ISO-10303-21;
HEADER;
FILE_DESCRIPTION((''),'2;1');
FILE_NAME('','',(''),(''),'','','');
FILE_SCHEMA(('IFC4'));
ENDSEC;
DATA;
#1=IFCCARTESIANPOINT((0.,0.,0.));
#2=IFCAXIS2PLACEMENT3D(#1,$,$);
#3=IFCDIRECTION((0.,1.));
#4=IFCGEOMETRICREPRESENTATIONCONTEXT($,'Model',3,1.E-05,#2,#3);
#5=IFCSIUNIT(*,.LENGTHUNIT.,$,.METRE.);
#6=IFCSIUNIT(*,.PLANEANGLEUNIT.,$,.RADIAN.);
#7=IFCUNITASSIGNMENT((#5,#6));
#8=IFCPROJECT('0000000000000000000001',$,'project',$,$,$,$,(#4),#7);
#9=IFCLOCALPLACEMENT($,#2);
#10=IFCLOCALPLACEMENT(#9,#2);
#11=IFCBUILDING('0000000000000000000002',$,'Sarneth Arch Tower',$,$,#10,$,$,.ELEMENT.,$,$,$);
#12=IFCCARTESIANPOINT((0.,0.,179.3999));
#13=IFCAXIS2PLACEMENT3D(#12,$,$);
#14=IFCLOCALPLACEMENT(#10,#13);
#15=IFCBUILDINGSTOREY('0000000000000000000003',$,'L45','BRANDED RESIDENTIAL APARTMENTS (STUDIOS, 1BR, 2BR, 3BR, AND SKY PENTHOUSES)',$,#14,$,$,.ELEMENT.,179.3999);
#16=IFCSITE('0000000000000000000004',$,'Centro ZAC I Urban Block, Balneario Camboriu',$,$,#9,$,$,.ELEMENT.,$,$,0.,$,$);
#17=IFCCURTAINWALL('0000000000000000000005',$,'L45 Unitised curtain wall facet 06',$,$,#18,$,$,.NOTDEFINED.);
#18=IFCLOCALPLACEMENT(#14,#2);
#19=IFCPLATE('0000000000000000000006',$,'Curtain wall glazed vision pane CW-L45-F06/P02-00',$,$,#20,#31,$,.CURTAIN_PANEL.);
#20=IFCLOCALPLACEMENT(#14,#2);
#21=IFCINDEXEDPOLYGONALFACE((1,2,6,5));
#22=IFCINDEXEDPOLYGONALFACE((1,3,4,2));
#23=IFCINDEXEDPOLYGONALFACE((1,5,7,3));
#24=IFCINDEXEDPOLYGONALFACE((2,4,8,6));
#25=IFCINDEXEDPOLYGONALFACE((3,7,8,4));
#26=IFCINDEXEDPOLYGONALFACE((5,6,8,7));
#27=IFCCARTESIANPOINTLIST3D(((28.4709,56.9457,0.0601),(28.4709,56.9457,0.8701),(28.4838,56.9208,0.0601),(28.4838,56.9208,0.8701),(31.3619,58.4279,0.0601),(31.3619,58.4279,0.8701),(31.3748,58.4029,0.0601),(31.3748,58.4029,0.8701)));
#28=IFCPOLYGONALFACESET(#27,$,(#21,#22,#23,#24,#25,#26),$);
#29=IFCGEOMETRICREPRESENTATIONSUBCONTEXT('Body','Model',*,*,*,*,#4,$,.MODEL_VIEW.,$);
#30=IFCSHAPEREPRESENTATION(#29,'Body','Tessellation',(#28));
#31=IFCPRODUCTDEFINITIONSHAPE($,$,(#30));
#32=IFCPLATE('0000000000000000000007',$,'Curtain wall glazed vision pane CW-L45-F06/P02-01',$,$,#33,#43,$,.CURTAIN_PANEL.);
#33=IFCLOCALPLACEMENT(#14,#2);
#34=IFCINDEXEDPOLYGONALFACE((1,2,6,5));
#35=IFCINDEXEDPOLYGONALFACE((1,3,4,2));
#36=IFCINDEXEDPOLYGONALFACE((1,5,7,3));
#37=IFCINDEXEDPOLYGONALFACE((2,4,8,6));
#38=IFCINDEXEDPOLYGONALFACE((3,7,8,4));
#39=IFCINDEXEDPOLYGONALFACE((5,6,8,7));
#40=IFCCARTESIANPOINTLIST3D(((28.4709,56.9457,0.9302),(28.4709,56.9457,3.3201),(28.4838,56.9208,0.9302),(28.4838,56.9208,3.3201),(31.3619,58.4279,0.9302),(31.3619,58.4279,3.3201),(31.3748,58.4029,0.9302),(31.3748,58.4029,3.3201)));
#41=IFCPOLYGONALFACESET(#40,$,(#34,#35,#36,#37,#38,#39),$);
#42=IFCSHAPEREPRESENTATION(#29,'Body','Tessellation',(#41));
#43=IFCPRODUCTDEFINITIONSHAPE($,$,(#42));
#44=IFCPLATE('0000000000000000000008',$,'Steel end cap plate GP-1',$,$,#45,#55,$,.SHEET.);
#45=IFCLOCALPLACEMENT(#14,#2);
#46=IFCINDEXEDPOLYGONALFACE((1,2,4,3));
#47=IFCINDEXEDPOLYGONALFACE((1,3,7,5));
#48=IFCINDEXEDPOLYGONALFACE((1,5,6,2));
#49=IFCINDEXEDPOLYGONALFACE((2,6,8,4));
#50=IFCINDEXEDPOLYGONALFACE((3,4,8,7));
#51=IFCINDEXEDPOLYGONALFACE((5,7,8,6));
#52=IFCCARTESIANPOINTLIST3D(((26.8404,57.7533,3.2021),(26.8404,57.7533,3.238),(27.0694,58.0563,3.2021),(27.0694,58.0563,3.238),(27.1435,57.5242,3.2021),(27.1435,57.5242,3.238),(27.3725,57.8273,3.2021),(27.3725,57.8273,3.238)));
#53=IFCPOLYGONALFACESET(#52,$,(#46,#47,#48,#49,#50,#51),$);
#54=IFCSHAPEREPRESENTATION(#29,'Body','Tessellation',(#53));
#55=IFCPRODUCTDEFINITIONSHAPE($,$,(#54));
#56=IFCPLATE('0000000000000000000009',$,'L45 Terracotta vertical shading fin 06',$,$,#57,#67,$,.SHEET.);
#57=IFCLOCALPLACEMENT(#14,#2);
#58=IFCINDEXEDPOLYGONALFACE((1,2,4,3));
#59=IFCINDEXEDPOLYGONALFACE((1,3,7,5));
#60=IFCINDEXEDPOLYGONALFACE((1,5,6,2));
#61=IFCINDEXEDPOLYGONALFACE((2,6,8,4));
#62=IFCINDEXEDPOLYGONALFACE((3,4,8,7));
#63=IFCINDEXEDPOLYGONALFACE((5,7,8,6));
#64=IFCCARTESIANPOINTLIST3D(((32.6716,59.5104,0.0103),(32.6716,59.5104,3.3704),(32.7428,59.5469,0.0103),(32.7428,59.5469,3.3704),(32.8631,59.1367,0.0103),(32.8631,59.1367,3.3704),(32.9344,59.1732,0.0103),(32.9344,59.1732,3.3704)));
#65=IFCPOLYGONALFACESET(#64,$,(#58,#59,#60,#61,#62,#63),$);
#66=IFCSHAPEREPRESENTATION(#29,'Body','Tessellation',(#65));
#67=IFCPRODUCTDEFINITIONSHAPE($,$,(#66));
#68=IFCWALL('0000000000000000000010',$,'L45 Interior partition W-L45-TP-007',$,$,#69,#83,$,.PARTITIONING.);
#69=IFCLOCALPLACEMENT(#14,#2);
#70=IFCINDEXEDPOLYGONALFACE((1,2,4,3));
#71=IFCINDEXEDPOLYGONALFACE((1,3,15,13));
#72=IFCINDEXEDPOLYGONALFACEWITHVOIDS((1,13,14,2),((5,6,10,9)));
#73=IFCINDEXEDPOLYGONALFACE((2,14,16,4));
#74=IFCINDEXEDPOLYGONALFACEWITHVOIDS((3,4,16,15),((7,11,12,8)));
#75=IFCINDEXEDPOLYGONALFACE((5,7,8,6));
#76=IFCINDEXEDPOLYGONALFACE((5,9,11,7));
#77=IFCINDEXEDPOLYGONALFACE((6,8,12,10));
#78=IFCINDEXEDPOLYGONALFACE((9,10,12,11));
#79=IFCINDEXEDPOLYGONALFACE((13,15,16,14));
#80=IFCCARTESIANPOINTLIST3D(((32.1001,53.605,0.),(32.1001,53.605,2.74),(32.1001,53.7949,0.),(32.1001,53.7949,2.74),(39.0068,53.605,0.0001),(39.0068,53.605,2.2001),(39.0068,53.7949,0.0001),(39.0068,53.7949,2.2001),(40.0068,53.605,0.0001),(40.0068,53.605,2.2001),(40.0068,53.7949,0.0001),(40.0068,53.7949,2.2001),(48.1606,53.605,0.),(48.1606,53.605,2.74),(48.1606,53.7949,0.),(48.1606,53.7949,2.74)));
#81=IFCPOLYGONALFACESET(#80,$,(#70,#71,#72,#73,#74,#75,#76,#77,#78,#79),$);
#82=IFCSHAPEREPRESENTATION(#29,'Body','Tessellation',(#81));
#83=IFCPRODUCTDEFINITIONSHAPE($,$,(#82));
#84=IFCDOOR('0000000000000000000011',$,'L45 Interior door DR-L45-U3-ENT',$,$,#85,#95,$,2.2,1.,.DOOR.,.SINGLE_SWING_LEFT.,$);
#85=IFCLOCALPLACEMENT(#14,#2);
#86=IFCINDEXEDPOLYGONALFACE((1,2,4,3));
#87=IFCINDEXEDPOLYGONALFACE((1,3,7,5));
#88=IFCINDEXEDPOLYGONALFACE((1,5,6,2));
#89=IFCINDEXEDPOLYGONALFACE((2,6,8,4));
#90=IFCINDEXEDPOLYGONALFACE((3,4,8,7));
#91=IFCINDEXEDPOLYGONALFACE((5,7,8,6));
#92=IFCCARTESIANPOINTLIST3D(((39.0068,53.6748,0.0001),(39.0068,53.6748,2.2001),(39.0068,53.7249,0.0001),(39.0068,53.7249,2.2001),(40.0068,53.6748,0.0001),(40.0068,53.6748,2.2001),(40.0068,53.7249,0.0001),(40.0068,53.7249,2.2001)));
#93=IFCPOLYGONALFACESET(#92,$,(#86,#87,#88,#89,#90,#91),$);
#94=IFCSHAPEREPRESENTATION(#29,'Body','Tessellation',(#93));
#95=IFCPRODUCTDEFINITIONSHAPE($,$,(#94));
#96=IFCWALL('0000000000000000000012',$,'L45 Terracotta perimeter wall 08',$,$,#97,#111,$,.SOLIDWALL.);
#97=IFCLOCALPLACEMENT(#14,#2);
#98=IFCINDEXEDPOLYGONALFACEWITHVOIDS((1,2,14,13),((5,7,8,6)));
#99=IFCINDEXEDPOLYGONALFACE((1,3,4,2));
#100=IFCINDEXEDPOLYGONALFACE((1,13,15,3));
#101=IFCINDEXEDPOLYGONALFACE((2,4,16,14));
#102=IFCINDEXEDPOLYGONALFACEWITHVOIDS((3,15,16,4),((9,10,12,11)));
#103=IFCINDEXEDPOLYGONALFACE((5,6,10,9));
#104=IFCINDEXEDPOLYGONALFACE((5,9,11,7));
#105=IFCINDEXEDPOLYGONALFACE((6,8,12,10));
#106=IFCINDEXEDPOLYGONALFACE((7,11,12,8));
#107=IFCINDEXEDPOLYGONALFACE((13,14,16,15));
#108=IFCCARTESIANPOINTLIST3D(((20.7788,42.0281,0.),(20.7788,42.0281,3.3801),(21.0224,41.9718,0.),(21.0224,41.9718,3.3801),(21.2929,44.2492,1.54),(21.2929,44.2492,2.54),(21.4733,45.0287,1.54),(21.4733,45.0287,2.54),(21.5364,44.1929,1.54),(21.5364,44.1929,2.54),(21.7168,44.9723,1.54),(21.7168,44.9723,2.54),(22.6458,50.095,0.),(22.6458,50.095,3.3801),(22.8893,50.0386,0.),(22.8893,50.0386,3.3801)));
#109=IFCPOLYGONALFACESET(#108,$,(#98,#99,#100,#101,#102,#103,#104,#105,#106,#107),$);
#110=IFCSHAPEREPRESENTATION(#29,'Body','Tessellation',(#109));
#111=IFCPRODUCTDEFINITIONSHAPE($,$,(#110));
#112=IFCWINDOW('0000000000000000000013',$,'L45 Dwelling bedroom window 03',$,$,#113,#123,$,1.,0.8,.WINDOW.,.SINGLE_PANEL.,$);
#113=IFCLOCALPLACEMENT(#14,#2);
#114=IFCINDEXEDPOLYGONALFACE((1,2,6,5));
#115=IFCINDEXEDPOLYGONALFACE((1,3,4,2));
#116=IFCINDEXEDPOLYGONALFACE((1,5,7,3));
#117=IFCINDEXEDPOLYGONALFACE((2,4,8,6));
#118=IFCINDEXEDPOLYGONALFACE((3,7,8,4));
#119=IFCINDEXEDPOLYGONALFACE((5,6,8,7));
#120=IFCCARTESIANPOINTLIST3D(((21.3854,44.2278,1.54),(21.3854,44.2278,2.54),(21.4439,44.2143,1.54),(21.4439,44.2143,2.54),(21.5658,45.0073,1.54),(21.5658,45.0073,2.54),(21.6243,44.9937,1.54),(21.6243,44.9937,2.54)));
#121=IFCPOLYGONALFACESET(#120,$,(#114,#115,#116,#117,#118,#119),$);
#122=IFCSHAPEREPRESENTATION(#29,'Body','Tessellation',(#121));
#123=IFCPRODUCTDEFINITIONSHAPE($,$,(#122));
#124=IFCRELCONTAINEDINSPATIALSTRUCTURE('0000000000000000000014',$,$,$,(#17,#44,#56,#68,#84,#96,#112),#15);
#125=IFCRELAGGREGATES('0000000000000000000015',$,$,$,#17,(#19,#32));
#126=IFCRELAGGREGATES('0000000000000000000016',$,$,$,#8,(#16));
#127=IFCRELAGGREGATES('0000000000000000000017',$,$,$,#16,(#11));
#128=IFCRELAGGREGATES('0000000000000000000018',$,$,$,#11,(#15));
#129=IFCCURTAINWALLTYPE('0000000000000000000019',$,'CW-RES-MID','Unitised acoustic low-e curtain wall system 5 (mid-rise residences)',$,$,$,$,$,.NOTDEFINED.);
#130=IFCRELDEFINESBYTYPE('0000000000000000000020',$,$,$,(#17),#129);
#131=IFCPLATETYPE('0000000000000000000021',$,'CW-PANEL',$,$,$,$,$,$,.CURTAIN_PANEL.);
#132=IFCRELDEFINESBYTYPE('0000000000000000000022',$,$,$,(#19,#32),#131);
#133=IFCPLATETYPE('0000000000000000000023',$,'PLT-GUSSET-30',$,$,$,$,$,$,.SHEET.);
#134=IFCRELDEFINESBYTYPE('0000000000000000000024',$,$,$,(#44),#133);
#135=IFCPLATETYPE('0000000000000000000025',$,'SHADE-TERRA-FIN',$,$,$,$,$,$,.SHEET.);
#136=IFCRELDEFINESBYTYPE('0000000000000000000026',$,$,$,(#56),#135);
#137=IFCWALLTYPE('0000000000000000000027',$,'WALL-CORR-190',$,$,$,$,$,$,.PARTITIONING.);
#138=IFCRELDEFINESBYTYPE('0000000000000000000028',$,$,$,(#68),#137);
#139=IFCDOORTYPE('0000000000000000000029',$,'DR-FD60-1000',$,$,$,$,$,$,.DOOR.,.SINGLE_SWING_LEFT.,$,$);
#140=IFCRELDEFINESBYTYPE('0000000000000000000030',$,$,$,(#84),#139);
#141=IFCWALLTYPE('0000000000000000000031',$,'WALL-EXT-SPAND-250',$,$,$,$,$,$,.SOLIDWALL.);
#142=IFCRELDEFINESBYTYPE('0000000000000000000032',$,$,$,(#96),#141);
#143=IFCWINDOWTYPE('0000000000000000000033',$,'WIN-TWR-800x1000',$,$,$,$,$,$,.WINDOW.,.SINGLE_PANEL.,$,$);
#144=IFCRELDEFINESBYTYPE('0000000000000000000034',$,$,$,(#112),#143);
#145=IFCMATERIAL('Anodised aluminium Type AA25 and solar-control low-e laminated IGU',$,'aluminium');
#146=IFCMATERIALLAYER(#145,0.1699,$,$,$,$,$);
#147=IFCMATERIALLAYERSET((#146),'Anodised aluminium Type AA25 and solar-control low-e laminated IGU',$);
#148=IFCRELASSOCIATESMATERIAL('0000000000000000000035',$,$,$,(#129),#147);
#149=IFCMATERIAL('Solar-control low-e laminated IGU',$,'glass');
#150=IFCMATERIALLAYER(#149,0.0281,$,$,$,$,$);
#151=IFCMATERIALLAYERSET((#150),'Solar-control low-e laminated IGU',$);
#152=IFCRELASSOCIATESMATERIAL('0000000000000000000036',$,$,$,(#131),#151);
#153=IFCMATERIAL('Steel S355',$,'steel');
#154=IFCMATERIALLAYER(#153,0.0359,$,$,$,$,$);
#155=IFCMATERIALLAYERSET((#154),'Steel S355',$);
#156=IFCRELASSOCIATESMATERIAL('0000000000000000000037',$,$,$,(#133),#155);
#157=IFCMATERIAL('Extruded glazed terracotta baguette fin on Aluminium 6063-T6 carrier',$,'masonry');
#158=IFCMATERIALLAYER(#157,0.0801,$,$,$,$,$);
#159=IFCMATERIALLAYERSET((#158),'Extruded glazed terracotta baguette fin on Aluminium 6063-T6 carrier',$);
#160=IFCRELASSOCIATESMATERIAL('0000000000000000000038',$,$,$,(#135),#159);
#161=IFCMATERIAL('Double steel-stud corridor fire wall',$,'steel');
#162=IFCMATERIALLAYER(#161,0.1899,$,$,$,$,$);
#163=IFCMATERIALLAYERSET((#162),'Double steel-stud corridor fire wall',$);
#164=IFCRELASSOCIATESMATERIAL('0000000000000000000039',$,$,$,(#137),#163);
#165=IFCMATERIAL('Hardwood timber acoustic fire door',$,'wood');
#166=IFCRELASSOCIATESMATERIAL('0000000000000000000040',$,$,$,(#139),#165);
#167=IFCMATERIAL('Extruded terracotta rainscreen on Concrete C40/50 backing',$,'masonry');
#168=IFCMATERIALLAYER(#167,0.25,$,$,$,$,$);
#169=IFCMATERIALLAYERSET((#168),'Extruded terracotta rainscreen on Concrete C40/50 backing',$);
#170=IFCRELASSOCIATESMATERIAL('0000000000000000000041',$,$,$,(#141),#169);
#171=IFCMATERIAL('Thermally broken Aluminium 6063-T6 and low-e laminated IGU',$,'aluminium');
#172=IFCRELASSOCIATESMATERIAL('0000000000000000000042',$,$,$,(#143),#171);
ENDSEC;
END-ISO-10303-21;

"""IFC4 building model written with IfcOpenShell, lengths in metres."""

from ifc_helpers import new_model, si_unit, direction, frame, frame_2d, origin, origin_2d, place, context, subcontext, project, spatial, rectangle, extrude, material, layer, layer_set, type_object, element, fill, aggregate, save


model = new_model("IFC4")

# Units and contexts
model_context = context("Model", 3, precision=1e-05, world=origin(), true_north=direction((0.0, 1.0)))
body_context = subcontext(model_context, "Body", "Model", "MODEL_VIEW")
ifc_project = project(units=[si_unit("LENGTHUNIT", "METRE"), si_unit("PLANEANGLEUNIT", "RADIAN")], contexts=[model_context])

# Site, building, storey
site_placement = place(None, origin())
site = spatial("IfcSite", under=ifc_project, at=site_placement, Name="Centro ZAC I Urban Block, Balneario Camboriu", CompositionType="ELEMENT", RefElevation=0.0)
building_placement = place(site_placement, origin())
building = spatial("IfcBuilding", under=site, at=building_placement, Name="Sarneth Arch Tower", CompositionType="ELEMENT")
storey_placement = place(building_placement, frame((0.0, 0.0, 179.3999)))
storey = spatial("IfcBuildingStorey", under=building, at=storey_placement, Name="L45", Description="BRANDED RESIDENTIAL APARTMENTS (STUDIOS, 1BR, 2BR, 3BR, AND SKY PENTHOUSES)", CompositionType="ELEMENT", Elevation=179.3999)

# Curtain wall
ifc_material_1 = material(Name="Anodised aluminium Type AA25 and solar-control low-e laminated IGU", Category="aluminium")
ifc_layer_1 = layer(ifc_material_1, 0.1699)
ifc_layer_set_1 = layer_set([ifc_layer_1], Name="Anodised aluminium Type AA25 and solar-control low-e laminated IGU")
curtain_wall_type = type_object("IfcCurtainWallType", Name="CW-RES-MID", Description="Unitised acoustic low-e curtain wall system 5 (mid-rise residences)", PredefinedType="NOTDEFINED", material=ifc_layer_set_1)
curtain_wall_placement = place(storey_placement, origin())
curtain_wall = element("IfcCurtainWall", 1, at=curtain_wall_placement, inside=storey, type_object=curtain_wall_type, Name="L45 Unitised curtain wall facet 06", PredefinedType="NOTDEFINED")

# Plates
ifc_material_2 = material(Name="Solar-control low-e laminated IGU", Category="glass")
ifc_layer_2 = layer(ifc_material_2, 0.0281)
ifc_layer_set_2 = layer_set([ifc_layer_2], Name="Solar-control low-e laminated IGU")
plate_type_1 = type_object("IfcPlateType", Name="CW-PANEL", PredefinedType="CURTAIN_PANEL", material=ifc_layer_set_2)
plate_1_placement = place(storey_placement, frame((29.9229, 57.6743, 0.0601), z_axis=(0.0, 0.0, 1.0), x_axis=(-0.889873, -0.456208, 0.0)))
plate_1 = element("IfcPlate", 2, at=plate_1_placement, type_object=plate_type_1, Name="Curtain wall glazed vision pane CW-L45-F06/P02-00", PredefinedType="CURTAIN_PANEL", context=body_context, shape_type="SweptSolid", body=[
    extrude(rectangle(XDim=3.2488, YDim=0.0281, at=origin_2d()), origin(), (0.0, 0.0, 1.0), 0.8101),
])
plate_2_placement = place(storey_placement, frame((29.9229, 57.6743, 0.9302), z_axis=(0.0, 0.0, 1.0), x_axis=(-0.889873, -0.456208, 0.0)))
plate_2 = element("IfcPlate", 3, at=plate_2_placement, type_object=plate_type_1, Name="Curtain wall glazed vision pane CW-L45-F06/P02-01", PredefinedType="CURTAIN_PANEL", context=body_context, shape_type="SweptSolid", body=[
    extrude(rectangle(XDim=3.2488, YDim=0.0281, at=origin_2d()), origin(), (0.0, 0.0, 1.0), 2.3899),
])
aggregate(curtain_wall, [plate_1, plate_2])

# Plates
ifc_material_3 = material(Name="Steel S355", Category="steel")
ifc_layer_3 = layer(ifc_material_3, 0.0359)
ifc_layer_set_3 = layer_set([ifc_layer_3], Name="Steel S355")
plate_type_2 = type_object("IfcPlateType", Name="PLT-GUSSET-30", PredefinedType="SHEET", material=ifc_layer_set_3)
plate_3_placement = place(storey_placement, frame((27.1064, 57.7903, 3.2021), z_axis=(0.0, 0.0, 1.0), x_axis=(-0.797794, 0.60293, 0.0)))
element("IfcPlate", 4, at=plate_3_placement, inside=storey, type_object=plate_type_2, Name="Steel end cap plate GP-1", PredefinedType="SHEET", context=body_context, shape_type="SweptSolid", body=[
    extrude(rectangle(XDim=0.3799, YDim=0.3799, at=origin_2d()), origin(), (0.0, 0.0, 1.0), 0.0359),
])
ifc_material_4 = material(Name="Extruded glazed terracotta baguette fin on Aluminium 6063-T6 carrier", Category="masonry")
ifc_layer_4 = layer(ifc_material_4, 0.0801)
ifc_layer_set_4 = layer_set([ifc_layer_4], Name="Extruded glazed terracotta baguette fin on Aluminium 6063-T6 carrier")
plate_type_3 = type_object("IfcPlateType", Name="SHADE-TERRA-FIN", PredefinedType="SHEET", material=ifc_layer_set_4)
plate_4_placement = place(storey_placement, frame((32.803, 59.3418, 0.0103), z_axis=(0.0, 0.0, 1.0), x_axis=(-0.456166, 0.889895, 0.0)))
element("IfcPlate", 5, at=plate_4_placement, inside=storey, type_object=plate_type_3, Name="L45 Terracotta vertical shading fin 06", PredefinedType="SHEET", context=body_context, shape_type="SweptSolid", body=[
    extrude(rectangle(XDim=0.4199, YDim=0.0801, at=origin_2d()), origin(), (0.0, 0.0, 1.0), 3.3601),
])

# Wall, opening, door
ifc_material_5 = material(Name="Double steel-stud corridor fire wall", Category="steel")
ifc_layer_5 = layer(ifc_material_5, 0.1899)
ifc_layer_set_5 = layer_set([ifc_layer_5], Name="Double steel-stud corridor fire wall")
wall_type_1 = type_object("IfcWallType", Name="WALL-CORR-190", PredefinedType="PARTITIONING", material=ifc_layer_set_5)
wall_1_placement = place(storey_placement, frame((32.1001, 53.7, 0.0), z_axis=(0.0, 0.0, 1.0), x_axis=(1.0, 0.0, 0.0)))
wall_1 = element("IfcWall", 6, at=wall_1_placement, inside=storey, type_object=wall_type_1, Name="L45 Interior partition W-L45-TP-007", PredefinedType="PARTITIONING", context=body_context, shape_type="SweptSolid", body=[
    extrude(rectangle(XDim=16.0605, YDim=0.1899, at=frame_2d((8.0303, 0.0))), origin(), (0.0, 0.0, 1.0), 2.74),
])
opening_1_placement = place(wall_1_placement, frame((6.9067, 0.0, 0.0)))
opening_1 = element("IfcOpeningElement", 7, at=opening_1_placement, cuts=wall_1, PredefinedType="OPENING", context=body_context, shape_type="SweptSolid", body=[
    extrude(rectangle(XDim=1.0, YDim=2.2, at=frame_2d((0.5, 1.1001))), frame((0.0, 0.105, 0.0), z_axis=(0.0, -1.0, 0.0), x_axis=(1.0, 0.0, 0.0)), (0.0, 0.0, 1.0), 0.21),
])
ifc_material_6 = material(Name="Hardwood timber acoustic fire door", Category="wood")
door_type_1 = type_object("IfcDoorType", Name="DR-FD60-1000", OperationType="SINGLE_SWING_LEFT", PredefinedType="DOOR", material=ifc_material_6)
door_1_placement = place(opening_1_placement, origin())
door_1 = element("IfcDoor", 8, at=door_1_placement, inside=storey, type_object=door_type_1, Name="L45 Interior door DR-L45-U3-ENT", OperationType="SINGLE_SWING_LEFT", OverallHeight=2.2, OverallWidth=1.0, PredefinedType="DOOR", context=body_context, shape_type="SweptSolid", body=[
    extrude(rectangle(XDim=1.0, YDim=2.2, at=frame_2d((0.5, 1.1001))), frame((0.0, 0.0249, 0.0), z_axis=(0.0, -1.0, 0.0), x_axis=(1.0, 0.0, 0.0)), (0.0, 0.0, 1.0), 0.05),
])
fill(opening_1, door_1)

# Wall, opening, window
ifc_material_7 = material(Name="Extruded terracotta rainscreen on Concrete C40/50 backing", Category="masonry")
ifc_layer_6 = layer(ifc_material_7, 0.25)
ifc_layer_set_6 = layer_set([ifc_layer_6], Name="Extruded terracotta rainscreen on Concrete C40/50 backing")
wall_type_2 = type_object("IfcWallType", Name="WALL-EXT-SPAND-250", PredefinedType="SOLIDWALL", material=ifc_layer_set_6)
wall_2_placement = place(storey_placement, frame((22.7676, 50.0669, 0.0), z_axis=(0.0, 0.0, 1.0), x_axis=(-0.225473, -0.974249, 0.0)))
wall_2 = element("IfcWall", 9, at=wall_2_placement, inside=storey, type_object=wall_type_2, Name="L45 Terracotta perimeter wall 08", PredefinedType="SOLIDWALL", context=body_context, shape_type="SweptSolid", body=[
    extrude(rectangle(XDim=8.28, YDim=0.25, at=frame_2d((4.1401, 0.0))), origin(), (0.0, 0.0, 1.0), 3.3801),
])
opening_2_placement = place(wall_2_placement, frame((5.2004, 0.0, 1.54)))
opening_2 = element("IfcOpeningElement", 10, at=opening_2_placement, cuts=wall_2, PredefinedType="OPENING", context=body_context, shape_type="SweptSolid", body=[
    extrude(rectangle(XDim=0.8, YDim=1.0, at=frame_2d((0.3999, 0.5))), frame((0.0, 0.135, 0.0), z_axis=(0.0, -1.0, 0.0), x_axis=(1.0, 0.0, 0.0)), (0.0, 0.0, 1.0), 0.27),
])
ifc_material_8 = material(Name="Thermally broken Aluminium 6063-T6 and low-e laminated IGU", Category="aluminium")
window_type_1 = type_object("IfcWindowType", Name="WIN-TWR-800x1000", PartitioningType="SINGLE_PANEL", PredefinedType="WINDOW", material=ifc_material_8)
window_1_placement = place(opening_2_placement, origin())
window_1 = element("IfcWindow", 11, at=window_1_placement, inside=storey, type_object=window_type_1, Name="L45 Dwelling bedroom window 03", OverallHeight=1.0, OverallWidth=0.8, PartitioningType="SINGLE_PANEL", PredefinedType="WINDOW", context=body_context, shape_type="SweptSolid", body=[
    extrude(rectangle(XDim=0.8, YDim=1.0, at=frame_2d((0.3999, 0.5))), frame((0.0, 0.03, 0.0), z_axis=(0.0, -1.0, 0.0), x_axis=(1.0, 0.0, 0.0)), (0.0, 0.0, 1.0), 0.0601),
])
fill(opening_2, window_1)

save(model, "model.ifc")
